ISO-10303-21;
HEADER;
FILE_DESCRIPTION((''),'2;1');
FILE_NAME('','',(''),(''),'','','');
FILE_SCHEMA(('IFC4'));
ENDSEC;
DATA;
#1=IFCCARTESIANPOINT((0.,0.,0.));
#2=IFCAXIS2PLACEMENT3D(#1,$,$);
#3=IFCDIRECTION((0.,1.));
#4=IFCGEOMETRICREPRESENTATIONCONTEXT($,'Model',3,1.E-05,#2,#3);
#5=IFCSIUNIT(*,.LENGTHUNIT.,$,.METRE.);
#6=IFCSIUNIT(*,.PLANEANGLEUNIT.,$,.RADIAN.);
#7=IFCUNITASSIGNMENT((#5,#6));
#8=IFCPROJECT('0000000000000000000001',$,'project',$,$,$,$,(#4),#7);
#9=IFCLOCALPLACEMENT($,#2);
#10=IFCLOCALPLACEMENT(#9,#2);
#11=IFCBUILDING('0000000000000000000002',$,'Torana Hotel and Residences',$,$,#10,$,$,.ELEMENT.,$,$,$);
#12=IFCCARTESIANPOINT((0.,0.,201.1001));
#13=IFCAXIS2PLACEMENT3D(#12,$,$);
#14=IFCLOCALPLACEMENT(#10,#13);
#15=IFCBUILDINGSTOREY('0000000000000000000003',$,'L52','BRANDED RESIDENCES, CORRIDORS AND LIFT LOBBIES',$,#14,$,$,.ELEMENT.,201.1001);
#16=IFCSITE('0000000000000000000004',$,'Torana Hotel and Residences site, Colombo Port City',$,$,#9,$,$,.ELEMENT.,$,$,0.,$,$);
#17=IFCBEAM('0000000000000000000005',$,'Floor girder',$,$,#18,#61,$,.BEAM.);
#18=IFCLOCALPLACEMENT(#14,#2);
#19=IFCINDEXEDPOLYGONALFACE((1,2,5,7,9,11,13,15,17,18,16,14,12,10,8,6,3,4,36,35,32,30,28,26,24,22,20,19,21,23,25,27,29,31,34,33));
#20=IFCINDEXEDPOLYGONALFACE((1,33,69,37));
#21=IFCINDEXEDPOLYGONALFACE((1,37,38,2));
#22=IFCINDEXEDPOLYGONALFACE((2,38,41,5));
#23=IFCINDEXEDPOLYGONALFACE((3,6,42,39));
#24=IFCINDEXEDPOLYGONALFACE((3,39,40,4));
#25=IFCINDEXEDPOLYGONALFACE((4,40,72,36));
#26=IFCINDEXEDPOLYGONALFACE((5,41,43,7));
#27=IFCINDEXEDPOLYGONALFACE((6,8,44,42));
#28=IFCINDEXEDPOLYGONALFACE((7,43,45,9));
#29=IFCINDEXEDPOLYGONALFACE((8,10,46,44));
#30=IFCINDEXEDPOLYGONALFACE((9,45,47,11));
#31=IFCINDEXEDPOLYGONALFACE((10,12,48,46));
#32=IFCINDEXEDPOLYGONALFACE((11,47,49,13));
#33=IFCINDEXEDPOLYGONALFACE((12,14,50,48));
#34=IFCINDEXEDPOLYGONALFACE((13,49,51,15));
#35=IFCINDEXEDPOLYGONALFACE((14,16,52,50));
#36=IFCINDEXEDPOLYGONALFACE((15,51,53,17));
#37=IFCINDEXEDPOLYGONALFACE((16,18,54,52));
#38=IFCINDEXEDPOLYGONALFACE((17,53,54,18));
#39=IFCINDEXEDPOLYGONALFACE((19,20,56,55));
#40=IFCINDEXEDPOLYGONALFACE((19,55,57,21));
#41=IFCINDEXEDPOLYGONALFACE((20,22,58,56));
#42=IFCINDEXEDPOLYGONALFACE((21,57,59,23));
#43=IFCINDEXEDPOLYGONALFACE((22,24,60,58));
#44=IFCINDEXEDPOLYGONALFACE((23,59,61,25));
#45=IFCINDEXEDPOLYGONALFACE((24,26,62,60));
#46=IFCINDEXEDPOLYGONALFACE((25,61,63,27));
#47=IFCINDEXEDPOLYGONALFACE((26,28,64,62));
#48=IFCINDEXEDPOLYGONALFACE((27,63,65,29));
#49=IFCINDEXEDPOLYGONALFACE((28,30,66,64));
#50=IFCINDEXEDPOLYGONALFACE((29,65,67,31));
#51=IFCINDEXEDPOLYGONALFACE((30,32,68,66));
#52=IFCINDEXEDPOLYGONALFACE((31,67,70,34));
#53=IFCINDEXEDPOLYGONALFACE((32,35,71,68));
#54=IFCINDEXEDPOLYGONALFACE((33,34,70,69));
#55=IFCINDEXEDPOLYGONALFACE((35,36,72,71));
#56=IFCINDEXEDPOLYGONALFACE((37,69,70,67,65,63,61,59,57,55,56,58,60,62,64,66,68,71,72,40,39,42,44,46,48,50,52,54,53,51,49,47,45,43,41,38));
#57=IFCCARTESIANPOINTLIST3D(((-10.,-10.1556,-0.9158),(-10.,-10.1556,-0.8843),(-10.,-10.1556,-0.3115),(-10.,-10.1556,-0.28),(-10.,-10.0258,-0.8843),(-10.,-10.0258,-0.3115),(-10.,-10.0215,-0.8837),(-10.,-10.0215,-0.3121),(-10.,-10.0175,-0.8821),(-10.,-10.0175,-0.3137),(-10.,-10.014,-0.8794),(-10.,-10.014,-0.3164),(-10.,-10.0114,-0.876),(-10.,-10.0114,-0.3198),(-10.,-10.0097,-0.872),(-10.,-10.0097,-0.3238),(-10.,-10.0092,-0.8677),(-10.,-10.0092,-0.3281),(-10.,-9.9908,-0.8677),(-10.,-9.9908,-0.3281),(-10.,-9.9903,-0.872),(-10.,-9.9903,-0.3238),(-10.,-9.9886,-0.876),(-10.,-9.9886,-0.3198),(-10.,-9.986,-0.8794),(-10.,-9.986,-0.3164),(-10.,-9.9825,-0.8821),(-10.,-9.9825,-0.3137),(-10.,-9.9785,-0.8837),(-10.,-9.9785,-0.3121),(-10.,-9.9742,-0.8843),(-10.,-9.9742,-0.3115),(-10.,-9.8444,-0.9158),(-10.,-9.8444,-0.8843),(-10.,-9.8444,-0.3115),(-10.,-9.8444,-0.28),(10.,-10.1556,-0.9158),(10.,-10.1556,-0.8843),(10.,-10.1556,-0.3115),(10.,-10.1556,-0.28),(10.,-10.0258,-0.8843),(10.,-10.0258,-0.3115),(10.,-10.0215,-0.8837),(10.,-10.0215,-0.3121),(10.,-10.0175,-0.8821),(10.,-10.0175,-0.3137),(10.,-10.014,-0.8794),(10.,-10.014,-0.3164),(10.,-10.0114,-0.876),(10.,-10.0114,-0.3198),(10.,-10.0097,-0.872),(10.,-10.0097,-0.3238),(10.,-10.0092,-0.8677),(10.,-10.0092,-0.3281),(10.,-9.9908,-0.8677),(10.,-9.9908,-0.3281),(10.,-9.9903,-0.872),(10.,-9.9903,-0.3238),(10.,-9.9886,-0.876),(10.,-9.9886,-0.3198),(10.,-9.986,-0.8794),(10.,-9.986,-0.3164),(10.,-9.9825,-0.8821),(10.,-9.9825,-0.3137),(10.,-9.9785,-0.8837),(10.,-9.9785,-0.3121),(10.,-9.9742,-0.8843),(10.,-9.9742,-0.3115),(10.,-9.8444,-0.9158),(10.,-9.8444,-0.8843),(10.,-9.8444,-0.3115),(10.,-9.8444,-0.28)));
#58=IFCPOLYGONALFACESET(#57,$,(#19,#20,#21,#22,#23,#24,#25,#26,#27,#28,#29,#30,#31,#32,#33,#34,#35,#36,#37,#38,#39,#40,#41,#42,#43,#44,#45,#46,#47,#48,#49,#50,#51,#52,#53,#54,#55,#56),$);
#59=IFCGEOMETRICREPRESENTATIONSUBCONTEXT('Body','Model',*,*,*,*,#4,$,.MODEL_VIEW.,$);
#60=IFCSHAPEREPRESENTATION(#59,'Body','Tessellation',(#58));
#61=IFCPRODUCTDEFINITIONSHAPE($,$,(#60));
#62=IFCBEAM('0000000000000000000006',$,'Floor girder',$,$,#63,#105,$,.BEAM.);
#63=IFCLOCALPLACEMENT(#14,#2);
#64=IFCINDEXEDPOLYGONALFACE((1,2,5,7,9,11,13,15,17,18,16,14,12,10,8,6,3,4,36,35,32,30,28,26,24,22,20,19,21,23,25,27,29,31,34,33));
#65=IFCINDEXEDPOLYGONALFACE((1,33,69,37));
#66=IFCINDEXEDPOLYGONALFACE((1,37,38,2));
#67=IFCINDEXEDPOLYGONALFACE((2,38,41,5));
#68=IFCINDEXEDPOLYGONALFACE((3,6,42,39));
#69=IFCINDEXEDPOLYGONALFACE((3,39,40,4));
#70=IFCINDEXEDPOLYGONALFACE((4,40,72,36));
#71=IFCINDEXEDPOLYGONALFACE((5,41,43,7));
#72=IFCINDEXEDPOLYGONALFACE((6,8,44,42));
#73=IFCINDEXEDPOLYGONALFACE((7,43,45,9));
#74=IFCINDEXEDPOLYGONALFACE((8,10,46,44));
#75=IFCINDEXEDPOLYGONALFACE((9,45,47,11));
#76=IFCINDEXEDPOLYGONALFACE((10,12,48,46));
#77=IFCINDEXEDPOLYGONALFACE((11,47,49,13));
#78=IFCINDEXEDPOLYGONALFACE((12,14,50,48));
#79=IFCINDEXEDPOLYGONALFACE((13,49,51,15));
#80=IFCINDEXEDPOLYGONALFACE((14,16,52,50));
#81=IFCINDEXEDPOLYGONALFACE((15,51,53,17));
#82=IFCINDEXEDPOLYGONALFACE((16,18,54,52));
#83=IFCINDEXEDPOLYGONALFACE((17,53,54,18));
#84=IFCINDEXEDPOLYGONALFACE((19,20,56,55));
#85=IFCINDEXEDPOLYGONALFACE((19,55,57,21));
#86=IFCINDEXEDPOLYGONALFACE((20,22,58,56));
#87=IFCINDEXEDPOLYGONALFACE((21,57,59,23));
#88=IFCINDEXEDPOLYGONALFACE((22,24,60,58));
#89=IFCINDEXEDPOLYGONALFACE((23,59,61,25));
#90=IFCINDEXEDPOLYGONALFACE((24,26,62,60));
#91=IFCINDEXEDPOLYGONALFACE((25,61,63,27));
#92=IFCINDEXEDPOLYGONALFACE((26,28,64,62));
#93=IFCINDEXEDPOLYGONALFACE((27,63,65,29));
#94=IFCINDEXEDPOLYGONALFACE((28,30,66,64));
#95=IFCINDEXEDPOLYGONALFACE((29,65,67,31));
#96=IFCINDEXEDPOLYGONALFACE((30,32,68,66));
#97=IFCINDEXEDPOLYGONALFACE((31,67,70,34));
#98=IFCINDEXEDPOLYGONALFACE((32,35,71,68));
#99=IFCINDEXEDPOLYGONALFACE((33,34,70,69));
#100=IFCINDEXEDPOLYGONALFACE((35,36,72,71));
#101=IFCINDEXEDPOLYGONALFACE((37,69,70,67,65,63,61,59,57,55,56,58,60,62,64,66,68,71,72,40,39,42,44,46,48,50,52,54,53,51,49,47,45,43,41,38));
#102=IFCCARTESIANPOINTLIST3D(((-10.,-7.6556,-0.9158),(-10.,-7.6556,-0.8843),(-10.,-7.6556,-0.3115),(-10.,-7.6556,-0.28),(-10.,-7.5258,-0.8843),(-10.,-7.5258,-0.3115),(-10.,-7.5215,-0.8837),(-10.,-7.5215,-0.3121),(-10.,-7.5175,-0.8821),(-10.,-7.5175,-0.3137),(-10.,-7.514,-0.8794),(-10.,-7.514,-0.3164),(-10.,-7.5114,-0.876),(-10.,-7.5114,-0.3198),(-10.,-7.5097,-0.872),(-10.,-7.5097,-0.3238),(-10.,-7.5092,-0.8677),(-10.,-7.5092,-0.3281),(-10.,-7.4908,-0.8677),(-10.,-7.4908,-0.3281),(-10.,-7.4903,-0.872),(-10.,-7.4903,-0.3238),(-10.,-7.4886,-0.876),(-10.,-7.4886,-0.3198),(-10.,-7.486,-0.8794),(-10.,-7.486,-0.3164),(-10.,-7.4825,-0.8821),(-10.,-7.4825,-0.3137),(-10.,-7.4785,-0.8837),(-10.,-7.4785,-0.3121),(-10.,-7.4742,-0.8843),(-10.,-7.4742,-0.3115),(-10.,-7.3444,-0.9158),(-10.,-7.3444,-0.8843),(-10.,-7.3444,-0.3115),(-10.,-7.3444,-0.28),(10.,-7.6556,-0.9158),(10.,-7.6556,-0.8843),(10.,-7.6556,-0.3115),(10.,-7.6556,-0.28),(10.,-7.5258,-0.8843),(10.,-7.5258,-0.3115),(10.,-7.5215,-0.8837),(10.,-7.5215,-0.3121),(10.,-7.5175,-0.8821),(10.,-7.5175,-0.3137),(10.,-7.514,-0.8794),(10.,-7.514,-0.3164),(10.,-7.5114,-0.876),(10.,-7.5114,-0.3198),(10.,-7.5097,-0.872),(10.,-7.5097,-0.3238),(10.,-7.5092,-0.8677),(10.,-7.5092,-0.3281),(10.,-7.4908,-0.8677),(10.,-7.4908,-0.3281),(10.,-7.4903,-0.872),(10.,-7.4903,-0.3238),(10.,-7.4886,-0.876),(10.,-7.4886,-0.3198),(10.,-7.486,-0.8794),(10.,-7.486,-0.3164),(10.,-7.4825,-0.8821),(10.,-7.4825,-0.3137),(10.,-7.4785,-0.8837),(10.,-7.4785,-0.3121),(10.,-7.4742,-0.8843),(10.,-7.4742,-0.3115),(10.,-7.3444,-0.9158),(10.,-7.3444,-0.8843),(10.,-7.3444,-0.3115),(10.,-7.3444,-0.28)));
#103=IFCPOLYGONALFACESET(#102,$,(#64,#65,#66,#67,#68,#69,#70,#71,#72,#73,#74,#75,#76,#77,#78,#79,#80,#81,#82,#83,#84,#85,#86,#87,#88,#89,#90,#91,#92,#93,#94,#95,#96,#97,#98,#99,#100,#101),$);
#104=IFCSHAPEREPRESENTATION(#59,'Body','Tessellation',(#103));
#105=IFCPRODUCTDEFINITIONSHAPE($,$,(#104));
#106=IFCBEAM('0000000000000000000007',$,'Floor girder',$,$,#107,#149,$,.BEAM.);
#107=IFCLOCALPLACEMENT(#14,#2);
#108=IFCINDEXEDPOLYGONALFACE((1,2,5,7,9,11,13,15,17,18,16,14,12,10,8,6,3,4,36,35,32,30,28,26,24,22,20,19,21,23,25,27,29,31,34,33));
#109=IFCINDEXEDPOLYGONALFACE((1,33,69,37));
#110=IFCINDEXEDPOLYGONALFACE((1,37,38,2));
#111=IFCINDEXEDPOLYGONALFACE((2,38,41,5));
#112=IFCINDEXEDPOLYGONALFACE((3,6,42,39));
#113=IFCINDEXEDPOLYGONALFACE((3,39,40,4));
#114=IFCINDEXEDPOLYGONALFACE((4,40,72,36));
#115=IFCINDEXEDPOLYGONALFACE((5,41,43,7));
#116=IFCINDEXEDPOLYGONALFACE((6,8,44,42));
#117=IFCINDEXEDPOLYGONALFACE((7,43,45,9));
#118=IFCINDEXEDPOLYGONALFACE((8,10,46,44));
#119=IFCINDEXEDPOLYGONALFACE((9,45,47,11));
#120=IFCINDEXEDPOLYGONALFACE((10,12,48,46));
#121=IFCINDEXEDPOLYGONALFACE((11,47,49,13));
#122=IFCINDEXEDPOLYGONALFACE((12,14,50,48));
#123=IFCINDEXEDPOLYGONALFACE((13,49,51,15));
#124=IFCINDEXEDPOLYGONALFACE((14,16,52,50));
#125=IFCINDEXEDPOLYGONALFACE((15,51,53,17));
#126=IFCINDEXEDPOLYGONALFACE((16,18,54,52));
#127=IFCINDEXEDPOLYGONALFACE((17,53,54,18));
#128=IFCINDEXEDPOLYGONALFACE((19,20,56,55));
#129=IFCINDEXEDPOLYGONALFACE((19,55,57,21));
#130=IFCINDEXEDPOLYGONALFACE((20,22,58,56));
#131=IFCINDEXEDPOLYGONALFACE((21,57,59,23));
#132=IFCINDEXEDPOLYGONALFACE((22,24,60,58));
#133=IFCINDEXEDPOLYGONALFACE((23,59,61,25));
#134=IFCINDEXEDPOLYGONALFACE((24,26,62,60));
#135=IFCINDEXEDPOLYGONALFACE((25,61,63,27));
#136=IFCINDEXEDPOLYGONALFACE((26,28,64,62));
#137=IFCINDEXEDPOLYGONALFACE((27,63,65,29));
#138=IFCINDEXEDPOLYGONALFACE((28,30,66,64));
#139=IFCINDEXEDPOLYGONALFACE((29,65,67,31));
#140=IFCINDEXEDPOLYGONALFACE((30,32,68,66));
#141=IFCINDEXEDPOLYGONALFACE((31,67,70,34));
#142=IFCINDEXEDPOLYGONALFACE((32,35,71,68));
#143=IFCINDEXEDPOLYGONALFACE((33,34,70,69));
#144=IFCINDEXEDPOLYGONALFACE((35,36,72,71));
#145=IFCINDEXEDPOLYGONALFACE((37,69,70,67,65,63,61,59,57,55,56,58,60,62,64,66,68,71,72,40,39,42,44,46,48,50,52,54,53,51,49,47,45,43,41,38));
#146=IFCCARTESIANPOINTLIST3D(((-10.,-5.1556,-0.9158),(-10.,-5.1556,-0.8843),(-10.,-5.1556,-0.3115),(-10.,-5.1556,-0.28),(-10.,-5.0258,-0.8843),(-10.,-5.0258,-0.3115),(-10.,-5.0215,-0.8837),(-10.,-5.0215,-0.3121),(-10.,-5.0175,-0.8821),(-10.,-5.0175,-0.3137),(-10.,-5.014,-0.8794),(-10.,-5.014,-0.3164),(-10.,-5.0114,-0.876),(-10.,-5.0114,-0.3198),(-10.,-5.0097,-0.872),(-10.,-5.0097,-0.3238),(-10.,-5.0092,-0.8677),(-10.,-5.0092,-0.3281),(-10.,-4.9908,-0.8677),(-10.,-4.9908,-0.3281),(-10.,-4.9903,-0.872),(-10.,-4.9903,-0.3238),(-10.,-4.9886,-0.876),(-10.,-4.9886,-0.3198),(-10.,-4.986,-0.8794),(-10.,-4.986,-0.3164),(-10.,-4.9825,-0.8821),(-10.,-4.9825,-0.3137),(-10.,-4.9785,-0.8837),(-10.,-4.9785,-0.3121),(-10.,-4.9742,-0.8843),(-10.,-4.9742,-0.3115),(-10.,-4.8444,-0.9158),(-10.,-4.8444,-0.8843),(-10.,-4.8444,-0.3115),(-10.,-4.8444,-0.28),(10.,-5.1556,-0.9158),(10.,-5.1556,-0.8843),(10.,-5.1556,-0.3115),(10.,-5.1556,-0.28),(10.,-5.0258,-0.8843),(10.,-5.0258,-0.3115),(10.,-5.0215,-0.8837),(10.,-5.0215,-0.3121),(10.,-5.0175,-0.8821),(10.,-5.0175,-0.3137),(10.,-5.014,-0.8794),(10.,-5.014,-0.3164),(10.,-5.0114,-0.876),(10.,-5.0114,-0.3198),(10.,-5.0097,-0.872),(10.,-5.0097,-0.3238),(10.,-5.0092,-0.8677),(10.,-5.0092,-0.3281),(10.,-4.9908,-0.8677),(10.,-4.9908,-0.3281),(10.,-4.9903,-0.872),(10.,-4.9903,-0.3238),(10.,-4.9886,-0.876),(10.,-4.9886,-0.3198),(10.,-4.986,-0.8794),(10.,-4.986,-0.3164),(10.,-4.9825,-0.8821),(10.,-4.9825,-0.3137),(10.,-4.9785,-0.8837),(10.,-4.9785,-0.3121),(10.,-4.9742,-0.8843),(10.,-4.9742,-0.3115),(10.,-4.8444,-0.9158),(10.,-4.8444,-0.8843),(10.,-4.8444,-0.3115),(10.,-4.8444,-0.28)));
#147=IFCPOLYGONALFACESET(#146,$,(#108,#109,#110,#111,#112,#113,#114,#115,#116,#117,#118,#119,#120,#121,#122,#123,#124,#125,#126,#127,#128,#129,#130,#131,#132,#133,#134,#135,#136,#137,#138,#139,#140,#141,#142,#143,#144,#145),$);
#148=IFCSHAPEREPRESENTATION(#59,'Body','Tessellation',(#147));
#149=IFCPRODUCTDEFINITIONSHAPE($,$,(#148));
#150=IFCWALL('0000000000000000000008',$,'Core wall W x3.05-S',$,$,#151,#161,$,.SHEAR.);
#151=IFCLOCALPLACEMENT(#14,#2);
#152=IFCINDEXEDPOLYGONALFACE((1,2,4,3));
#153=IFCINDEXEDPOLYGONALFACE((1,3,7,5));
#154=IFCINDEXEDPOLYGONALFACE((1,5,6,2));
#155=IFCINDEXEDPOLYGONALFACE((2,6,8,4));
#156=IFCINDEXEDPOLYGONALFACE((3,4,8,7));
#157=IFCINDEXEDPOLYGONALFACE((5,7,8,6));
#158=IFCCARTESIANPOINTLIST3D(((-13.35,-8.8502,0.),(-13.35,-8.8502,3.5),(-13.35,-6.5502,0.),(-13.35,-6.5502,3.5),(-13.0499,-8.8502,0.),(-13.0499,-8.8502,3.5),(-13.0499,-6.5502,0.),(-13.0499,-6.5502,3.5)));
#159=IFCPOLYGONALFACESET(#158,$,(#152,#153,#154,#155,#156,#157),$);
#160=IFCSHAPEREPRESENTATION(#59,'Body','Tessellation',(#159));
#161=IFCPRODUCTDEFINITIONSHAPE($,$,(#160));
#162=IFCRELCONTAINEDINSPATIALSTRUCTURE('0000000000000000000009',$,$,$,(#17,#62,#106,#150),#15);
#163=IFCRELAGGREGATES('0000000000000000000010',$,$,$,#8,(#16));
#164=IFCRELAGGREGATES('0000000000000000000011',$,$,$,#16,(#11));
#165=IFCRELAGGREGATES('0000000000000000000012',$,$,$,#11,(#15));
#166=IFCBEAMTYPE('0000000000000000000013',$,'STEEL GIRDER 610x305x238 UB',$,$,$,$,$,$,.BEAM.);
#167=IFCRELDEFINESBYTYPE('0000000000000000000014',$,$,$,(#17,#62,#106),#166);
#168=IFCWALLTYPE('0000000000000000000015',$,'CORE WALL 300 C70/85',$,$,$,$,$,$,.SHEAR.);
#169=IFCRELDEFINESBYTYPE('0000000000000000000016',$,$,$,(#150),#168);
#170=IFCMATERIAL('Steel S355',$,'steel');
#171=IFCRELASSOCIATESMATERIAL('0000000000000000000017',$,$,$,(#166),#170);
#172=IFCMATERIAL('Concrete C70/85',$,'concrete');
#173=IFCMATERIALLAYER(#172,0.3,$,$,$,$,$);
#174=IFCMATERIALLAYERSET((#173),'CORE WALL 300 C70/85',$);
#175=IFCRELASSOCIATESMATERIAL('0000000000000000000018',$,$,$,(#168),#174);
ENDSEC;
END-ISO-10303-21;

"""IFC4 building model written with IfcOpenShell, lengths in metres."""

from ifc_helpers import new_model, si_unit, direction, frame, frame_2d, origin, origin_2d, place, context, subcontext, project, spatial, rectangle, i_section, extrude, material, layer, layer_set, material_profile, profile_set, type_object, element, save


model = new_model("IFC4")

# Units and contexts
model_context = context("Model", 3, precision=1e-05, world=origin(), true_north=direction((0.0, 1.0)))
body_context = subcontext(model_context, "Body", "Model", "MODEL_VIEW")
ifc_project = project(units=[si_unit("LENGTHUNIT", "METRE"), si_unit("PLANEANGLEUNIT", "RADIAN")], contexts=[model_context])

# Site, building, storey
site_placement = place(None, origin())
site = spatial("IfcSite", under=ifc_project, at=site_placement, Name="Torana Hotel and Residences site, Colombo Port City", CompositionType="ELEMENT", RefElevation=0.0)
building_placement = place(site_placement, origin())
building = spatial("IfcBuilding", under=site, at=building_placement, Name="Torana Hotel and Residences", CompositionType="ELEMENT")
storey_placement = place(building_placement, frame((0.0, 0.0, 201.1001)))
storey = spatial("IfcBuildingStorey", under=building, at=storey_placement, Name="L52", Description="BRANDED RESIDENCES, CORRIDORS AND LIFT LOBBIES", CompositionType="ELEMENT", Elevation=201.1001)

# Beams
ifc_material_1 = material(Name="Steel S355", Category="steel")
ifc_material_profile = material_profile(ifc_material_1, i_section(OverallWidth=0.3113, OverallDepth=0.6357, WebThickness=0.0183, FlangeThickness=0.0315, FilletRadius=0.0166, at=origin_2d()), Name="610x305x238 UB")
ifc_profile_set = profile_set([ifc_material_profile], Name="Steel S355")
beam_type = type_object("IfcBeamType", Name="STEEL GIRDER 610x305x238 UB", PredefinedType="BEAM", material=ifc_profile_set)
for number, where, z_axis, x_axis, name in (
    (1, (-10.0, -10.0, -0.5979), (1.0, 0.0, 0.0), (0.0, 1.0, 0.0), "Floor girder"),
    (2, (-10.0, -7.5, -0.5979), (1.0, 0.0, 0.0), (0.0, 1.0, 0.0), "Floor girder"),
    (3, (-10.0, -5.0, -0.5979), (1.0, 0.0, 0.0), (0.0, 1.0, 0.0), "Floor girder"),
):
    element("IfcBeam", number, at=place(storey_placement, frame(where, z_axis=z_axis, x_axis=x_axis)), inside=storey, type_object=beam_type, Name=name, PredefinedType="BEAM", context=body_context, shape_type="SweptSolid", body=[
        extrude(i_section(OverallWidth=0.3113, OverallDepth=0.6357, WebThickness=0.0183, FlangeThickness=0.0315, FilletRadius=0.0166, at=origin_2d()), origin(), (0.0, 0.0, 1.0), 20.0),
    ])

# Wall
ifc_material_2 = material(Name="Concrete C70/85", Category="concrete")
ifc_layer_1 = layer(ifc_material_2, 0.3)
ifc_layer_set_1 = layer_set([ifc_layer_1], Name="CORE WALL 300 C70/85")
wall_type_1 = type_object("IfcWallType", Name="CORE WALL 300 C70/85", PredefinedType="SHEAR", material=ifc_layer_set_1)
wall_1_placement = place(storey_placement, frame((-13.2, -8.8501, 0.0), z_axis=(0.0, 0.0, 1.0), x_axis=(0.0, 1.0, 0.0)))
element("IfcWall", 4, at=wall_1_placement, inside=storey, type_object=wall_type_1, Name="Core wall W x3.05-S", PredefinedType="SHEAR", context=body_context, shape_type="SweptSolid", body=[
    extrude(rectangle(XDim=2.3, YDim=0.3, at=frame_2d((1.1499, 0.0))), origin(), (0.0, 0.0, 1.0), 3.5),
])

save(model, "model.ifc")
